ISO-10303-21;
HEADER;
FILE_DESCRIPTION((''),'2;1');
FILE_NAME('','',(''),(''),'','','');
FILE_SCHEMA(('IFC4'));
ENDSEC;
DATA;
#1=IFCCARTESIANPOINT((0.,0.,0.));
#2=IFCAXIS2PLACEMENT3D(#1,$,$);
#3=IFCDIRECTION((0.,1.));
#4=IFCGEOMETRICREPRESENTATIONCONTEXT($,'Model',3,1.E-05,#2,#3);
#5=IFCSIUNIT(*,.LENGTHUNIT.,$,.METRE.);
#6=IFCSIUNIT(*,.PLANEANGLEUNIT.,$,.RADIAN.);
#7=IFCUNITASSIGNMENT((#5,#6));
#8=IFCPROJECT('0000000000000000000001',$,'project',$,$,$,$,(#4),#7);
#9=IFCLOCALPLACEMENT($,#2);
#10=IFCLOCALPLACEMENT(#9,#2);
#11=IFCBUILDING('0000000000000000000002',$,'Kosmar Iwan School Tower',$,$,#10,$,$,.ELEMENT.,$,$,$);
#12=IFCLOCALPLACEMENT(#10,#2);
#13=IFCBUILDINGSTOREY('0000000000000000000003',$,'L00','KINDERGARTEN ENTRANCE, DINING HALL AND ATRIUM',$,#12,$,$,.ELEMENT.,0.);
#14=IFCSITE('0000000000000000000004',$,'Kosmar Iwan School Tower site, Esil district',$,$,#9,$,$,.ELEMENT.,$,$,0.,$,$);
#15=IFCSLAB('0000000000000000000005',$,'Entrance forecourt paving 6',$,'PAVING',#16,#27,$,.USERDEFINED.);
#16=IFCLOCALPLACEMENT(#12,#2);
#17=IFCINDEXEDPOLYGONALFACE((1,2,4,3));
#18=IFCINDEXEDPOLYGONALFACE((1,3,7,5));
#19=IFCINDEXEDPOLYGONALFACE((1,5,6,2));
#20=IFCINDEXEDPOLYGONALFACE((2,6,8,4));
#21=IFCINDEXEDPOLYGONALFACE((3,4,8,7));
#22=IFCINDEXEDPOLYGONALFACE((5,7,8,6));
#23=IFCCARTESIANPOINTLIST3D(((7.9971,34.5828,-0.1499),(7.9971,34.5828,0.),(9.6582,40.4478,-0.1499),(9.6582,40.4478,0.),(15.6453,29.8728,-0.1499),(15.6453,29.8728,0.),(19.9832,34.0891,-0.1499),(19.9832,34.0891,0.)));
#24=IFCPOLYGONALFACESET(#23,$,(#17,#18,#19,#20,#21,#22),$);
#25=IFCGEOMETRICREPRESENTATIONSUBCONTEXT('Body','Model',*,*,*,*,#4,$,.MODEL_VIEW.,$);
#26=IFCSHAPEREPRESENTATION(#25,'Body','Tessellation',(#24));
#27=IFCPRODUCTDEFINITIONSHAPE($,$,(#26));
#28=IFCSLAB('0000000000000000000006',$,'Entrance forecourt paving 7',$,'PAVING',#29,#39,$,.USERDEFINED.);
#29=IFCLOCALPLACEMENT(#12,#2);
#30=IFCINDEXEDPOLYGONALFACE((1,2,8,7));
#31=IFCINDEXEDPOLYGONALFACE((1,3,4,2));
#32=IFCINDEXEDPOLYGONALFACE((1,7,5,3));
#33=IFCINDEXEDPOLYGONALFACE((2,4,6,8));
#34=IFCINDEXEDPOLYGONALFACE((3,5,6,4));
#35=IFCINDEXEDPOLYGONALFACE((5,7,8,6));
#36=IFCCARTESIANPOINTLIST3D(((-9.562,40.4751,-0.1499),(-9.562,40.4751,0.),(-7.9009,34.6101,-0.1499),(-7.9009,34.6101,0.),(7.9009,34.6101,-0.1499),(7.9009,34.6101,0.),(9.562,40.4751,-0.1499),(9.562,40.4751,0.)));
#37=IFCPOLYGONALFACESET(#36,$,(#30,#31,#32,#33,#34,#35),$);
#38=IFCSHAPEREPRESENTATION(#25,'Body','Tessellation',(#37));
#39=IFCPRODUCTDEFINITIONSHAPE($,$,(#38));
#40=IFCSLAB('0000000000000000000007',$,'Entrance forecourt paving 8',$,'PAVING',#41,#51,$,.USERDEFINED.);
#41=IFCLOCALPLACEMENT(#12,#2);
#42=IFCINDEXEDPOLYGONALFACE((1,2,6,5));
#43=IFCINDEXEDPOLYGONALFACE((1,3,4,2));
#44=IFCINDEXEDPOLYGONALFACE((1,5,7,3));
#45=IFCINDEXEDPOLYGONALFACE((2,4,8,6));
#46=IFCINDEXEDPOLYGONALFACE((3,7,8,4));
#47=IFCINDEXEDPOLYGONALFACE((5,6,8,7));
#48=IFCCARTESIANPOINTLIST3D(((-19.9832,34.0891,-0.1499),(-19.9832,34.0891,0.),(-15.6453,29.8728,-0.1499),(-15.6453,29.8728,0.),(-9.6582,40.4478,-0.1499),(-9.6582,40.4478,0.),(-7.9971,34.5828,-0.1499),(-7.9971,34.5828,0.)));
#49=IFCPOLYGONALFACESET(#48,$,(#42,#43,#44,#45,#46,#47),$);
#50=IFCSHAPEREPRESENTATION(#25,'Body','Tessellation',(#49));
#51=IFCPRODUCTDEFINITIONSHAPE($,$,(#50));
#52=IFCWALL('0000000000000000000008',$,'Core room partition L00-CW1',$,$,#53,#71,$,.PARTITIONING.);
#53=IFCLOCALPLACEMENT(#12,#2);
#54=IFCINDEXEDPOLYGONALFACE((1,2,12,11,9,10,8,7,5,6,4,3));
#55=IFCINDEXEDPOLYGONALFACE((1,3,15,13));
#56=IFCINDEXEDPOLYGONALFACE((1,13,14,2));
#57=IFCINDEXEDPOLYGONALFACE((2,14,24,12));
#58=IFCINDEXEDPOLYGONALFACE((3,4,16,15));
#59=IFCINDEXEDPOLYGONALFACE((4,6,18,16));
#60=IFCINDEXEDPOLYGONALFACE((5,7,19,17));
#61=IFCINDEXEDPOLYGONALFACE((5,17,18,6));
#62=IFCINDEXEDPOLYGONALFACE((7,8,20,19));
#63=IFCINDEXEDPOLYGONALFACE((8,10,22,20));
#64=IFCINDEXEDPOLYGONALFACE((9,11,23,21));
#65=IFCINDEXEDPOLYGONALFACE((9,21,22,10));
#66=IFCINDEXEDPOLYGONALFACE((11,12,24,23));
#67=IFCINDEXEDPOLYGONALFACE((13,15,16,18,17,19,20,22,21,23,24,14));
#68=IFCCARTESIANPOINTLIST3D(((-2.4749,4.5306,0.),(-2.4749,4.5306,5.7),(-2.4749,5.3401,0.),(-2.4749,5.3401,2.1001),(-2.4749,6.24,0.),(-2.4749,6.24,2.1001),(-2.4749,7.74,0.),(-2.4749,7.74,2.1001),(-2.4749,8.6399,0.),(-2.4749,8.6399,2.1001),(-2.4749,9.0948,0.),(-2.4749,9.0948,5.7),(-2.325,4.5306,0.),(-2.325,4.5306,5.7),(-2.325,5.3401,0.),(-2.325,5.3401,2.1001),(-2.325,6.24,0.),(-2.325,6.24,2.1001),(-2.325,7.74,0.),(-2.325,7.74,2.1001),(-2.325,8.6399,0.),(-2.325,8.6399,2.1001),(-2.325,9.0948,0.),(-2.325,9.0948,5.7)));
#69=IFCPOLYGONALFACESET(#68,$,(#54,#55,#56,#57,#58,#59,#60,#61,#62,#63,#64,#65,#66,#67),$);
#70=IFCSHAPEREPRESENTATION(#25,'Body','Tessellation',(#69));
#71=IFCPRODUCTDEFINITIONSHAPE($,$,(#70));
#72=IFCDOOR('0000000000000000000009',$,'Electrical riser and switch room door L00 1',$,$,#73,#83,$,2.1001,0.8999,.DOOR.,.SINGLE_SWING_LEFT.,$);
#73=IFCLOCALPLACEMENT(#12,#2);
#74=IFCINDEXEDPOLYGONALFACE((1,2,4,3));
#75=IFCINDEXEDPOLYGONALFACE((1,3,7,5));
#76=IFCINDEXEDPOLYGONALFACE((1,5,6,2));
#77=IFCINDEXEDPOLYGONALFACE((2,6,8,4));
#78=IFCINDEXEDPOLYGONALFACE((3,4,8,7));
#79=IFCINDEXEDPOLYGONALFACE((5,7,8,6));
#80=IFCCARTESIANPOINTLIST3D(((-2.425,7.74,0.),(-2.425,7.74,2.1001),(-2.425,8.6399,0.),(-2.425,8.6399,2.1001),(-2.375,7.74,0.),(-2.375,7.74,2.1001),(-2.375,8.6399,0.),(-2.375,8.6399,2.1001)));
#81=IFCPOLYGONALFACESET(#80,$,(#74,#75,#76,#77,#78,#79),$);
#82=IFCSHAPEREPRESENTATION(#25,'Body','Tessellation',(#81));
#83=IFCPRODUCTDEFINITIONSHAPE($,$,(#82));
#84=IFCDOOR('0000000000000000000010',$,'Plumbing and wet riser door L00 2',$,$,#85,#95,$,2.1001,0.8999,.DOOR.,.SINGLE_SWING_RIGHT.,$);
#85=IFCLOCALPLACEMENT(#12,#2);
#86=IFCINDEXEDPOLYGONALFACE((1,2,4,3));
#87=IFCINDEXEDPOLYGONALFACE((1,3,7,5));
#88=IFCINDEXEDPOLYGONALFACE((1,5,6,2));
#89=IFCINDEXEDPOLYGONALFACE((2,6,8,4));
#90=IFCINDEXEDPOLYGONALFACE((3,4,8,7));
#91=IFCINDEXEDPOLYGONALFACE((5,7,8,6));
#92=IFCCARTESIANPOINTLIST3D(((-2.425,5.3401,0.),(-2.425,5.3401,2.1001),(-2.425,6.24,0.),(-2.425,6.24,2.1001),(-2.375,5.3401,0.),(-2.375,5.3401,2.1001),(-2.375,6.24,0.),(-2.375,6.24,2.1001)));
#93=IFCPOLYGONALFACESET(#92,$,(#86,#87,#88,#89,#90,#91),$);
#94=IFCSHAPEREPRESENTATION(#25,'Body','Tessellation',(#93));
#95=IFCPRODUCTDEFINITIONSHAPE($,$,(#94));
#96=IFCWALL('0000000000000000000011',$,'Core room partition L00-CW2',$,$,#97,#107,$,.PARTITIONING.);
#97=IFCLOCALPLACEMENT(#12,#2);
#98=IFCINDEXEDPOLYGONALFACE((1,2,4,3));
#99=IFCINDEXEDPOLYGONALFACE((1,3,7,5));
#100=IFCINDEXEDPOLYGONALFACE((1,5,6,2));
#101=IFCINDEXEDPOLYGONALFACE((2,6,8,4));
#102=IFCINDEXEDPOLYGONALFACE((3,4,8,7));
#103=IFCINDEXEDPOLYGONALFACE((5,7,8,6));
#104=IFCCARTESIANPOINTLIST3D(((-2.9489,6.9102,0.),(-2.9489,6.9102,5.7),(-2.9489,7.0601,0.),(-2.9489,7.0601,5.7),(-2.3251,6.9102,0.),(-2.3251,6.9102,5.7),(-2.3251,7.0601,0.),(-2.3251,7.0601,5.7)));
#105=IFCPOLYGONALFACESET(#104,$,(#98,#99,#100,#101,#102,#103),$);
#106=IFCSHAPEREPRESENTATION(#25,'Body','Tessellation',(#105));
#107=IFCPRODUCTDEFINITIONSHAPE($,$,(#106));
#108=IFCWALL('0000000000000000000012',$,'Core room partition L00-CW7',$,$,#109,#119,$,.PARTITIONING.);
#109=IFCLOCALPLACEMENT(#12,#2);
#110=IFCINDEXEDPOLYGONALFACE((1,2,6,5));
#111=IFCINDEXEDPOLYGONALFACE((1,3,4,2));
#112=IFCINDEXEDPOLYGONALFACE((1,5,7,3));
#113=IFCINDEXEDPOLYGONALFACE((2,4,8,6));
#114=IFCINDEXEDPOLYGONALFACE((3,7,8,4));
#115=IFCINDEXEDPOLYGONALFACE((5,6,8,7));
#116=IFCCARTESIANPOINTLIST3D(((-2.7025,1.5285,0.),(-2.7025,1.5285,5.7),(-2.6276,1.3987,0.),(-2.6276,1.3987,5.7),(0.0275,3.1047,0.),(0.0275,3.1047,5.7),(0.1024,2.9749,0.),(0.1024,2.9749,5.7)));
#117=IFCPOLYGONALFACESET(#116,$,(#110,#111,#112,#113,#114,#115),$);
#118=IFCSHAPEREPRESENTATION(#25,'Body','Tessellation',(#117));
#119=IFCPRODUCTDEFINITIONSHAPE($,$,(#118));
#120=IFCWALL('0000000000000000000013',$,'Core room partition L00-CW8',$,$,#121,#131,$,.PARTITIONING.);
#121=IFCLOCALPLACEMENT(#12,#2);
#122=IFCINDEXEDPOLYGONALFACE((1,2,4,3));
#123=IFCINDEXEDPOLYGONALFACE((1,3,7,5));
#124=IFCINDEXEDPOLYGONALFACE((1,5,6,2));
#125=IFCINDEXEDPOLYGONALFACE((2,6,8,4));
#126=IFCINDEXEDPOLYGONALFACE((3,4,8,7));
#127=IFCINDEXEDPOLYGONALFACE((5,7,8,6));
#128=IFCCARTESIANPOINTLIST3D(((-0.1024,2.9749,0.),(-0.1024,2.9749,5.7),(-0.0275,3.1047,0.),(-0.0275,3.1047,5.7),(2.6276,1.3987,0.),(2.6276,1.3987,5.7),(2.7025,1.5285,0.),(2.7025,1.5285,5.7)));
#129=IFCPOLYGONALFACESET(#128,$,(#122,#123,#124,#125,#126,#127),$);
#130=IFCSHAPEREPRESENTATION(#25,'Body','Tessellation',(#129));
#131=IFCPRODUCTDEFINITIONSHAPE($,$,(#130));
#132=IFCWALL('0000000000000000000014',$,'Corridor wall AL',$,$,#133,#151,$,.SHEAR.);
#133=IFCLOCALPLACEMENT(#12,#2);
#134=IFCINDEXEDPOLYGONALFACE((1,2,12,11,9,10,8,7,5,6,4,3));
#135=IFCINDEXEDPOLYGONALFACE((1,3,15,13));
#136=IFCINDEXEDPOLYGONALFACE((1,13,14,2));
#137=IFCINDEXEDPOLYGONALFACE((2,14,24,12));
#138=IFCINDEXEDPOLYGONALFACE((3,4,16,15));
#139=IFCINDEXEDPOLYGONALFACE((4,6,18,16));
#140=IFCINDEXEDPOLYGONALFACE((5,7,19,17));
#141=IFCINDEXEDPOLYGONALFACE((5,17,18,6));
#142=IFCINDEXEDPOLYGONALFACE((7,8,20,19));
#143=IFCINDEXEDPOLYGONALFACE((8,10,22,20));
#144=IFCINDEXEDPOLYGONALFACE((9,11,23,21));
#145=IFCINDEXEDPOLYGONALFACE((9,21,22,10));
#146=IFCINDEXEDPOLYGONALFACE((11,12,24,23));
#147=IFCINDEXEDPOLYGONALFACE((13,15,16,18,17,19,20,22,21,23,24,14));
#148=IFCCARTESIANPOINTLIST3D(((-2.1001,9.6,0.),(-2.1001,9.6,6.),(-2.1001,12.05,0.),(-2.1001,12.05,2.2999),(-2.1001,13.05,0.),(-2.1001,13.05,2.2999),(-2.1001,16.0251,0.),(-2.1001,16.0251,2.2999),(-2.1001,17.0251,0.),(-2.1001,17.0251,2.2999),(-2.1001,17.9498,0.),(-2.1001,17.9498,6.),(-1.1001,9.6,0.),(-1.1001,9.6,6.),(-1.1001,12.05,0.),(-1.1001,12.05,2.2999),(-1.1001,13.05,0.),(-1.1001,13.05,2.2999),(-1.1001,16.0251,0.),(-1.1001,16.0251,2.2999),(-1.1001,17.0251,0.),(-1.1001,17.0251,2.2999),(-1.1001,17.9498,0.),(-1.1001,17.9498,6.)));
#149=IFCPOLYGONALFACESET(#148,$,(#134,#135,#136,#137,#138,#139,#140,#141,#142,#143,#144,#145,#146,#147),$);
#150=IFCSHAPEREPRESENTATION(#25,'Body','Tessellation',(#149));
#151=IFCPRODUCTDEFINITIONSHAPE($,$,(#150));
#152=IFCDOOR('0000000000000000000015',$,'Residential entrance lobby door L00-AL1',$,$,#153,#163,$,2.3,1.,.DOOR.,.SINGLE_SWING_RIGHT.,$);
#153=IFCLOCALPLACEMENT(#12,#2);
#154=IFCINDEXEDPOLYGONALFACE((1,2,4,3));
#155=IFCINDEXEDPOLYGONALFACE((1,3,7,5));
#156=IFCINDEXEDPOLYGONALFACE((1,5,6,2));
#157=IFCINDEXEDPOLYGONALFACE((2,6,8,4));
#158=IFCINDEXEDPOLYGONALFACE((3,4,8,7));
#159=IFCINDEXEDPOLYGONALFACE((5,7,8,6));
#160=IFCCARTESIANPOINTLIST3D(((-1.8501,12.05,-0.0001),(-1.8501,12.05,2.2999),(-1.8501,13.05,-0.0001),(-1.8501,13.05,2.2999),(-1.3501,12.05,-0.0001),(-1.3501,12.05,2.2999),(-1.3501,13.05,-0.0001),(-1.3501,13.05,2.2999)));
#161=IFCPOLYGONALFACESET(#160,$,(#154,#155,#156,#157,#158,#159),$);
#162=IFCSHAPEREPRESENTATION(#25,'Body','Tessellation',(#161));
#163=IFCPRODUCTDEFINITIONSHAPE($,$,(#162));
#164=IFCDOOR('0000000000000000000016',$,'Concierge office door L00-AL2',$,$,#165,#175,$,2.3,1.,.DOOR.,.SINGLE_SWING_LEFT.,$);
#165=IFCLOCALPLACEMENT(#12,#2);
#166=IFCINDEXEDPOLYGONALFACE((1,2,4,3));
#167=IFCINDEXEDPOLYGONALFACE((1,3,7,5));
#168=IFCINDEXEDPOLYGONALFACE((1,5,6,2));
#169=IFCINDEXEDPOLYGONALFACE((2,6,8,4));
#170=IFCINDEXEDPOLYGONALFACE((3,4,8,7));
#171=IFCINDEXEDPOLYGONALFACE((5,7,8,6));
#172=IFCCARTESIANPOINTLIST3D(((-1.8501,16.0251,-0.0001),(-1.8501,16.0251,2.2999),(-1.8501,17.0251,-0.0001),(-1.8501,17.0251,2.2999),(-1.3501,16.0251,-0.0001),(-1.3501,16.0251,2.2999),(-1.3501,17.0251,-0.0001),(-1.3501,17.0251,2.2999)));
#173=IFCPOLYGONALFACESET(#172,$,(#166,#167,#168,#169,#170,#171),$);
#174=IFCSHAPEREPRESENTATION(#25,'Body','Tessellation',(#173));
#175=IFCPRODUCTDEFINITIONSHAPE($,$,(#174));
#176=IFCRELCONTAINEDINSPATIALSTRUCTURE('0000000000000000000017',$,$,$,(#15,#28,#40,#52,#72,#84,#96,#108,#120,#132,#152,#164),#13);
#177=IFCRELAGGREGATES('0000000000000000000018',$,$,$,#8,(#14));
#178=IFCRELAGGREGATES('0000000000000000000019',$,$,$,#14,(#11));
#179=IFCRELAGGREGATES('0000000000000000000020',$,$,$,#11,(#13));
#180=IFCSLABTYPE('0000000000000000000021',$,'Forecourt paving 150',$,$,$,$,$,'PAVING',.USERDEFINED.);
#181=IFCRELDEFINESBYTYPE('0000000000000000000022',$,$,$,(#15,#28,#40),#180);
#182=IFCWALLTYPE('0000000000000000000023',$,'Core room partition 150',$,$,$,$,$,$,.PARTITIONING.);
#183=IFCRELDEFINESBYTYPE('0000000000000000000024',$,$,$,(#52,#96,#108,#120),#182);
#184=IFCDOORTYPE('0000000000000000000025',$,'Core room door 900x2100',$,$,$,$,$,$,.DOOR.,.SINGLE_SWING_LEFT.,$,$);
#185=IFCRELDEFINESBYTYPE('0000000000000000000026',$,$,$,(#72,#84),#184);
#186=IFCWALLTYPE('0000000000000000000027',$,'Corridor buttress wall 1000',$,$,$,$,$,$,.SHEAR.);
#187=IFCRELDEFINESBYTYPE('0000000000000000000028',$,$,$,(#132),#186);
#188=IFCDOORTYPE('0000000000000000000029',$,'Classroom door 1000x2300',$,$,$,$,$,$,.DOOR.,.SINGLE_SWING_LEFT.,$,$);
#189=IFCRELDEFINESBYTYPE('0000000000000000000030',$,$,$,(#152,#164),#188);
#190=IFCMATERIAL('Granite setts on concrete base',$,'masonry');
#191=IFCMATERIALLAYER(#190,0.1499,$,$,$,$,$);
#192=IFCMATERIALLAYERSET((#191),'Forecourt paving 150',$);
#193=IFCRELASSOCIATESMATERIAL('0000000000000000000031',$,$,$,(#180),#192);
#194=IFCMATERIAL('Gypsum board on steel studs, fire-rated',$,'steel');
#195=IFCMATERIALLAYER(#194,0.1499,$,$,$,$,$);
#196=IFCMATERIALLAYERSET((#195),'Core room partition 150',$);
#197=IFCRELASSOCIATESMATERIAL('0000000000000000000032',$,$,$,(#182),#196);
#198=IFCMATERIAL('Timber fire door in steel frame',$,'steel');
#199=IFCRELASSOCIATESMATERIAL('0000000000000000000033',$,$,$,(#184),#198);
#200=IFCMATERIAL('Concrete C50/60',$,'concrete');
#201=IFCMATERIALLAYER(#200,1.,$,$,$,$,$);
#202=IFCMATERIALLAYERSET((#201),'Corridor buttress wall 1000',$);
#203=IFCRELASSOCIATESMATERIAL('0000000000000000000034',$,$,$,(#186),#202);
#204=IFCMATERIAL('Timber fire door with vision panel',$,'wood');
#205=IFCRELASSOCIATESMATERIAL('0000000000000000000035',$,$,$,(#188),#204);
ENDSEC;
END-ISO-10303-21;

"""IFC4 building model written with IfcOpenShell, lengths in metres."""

from ifc_helpers import new_model, si_unit, direction, frame, frame_2d, origin, place, context, subcontext, project, spatial, polyline, rectangle, outline, extrude, material, layer, layer_set, type_object, element, fill, save


model = new_model("IFC4")

# Units and contexts
model_context = context("Model", 3, precision=1e-05, world=origin(), true_north=direction((0.0, 1.0)))
body_context = subcontext(model_context, "Body", "Model", "MODEL_VIEW")
ifc_project = project(units=[si_unit("LENGTHUNIT", "METRE"), si_unit("PLANEANGLEUNIT", "RADIAN")], contexts=[model_context])

# Site, building, storey
site_placement = place(None, origin())
site = spatial("IfcSite", under=ifc_project, at=site_placement, Name="Kosmar Iwan School Tower site, Esil district", CompositionType="ELEMENT", RefElevation=0.0)
building_placement = place(site_placement, origin())
building = spatial("IfcBuilding", under=site, at=building_placement, Name="Kosmar Iwan School Tower", CompositionType="ELEMENT")
storey_placement = place(building_placement, origin())
storey = spatial("IfcBuildingStorey", under=building, at=storey_placement, Name="L00", Description="KINDERGARTEN ENTRANCE, DINING HALL AND ATRIUM", CompositionType="ELEMENT", Elevation=0.0)

# Slabs
ifc_material_1 = material(Name="Granite setts on concrete base", Category="masonry")
ifc_layer_1 = layer(ifc_material_1, 0.1499)
ifc_layer_set_1 = layer_set([ifc_layer_1], Name="Forecourt paving 150")
slab_type = type_object("IfcSlabType", Name="Forecourt paving 150", ElementType="PAVING", PredefinedType="USERDEFINED", material=ifc_layer_set_1)
slab_1_placement = place(storey_placement, frame((0.0, 0.0, -0.1499)))
element("IfcSlab", 1, at=slab_1_placement, inside=storey, type_object=slab_type, Name="Entrance forecourt paving 6", ObjectType="PAVING", PredefinedType="USERDEFINED", context=body_context, shape_type="SweptSolid", body=[
    extrude(outline(polyline([(15.6453, 29.8728), (7.9971, 34.5828), (9.6582, 40.4478), (19.9832, 34.0891), (15.6453, 29.8728)])), origin(), (0.0, 0.0, 1.0), 0.1499),
])
slab_2_placement = place(storey_placement, frame((0.0, 0.0, -0.1499)))
element("IfcSlab", 2, at=slab_2_placement, inside=storey, type_object=slab_type, Name="Entrance forecourt paving 7", ObjectType="PAVING", PredefinedType="USERDEFINED", context=body_context, shape_type="SweptSolid", body=[
    extrude(outline(polyline([(7.9009, 34.6101), (-7.9009, 34.6101), (-9.562, 40.4751), (9.562, 40.4751), (7.9009, 34.6101)])), origin(), (0.0, 0.0, 1.0), 0.1499),
])
slab_3_placement = place(storey_placement, frame((0.0, 0.0, -0.1499)))
element("IfcSlab", 3, at=slab_3_placement, inside=storey, type_object=slab_type, Name="Entrance forecourt paving 8", ObjectType="PAVING", PredefinedType="USERDEFINED", context=body_context, shape_type="SweptSolid", body=[
    extrude(outline(polyline([(-7.9971, 34.5828), (-15.6453, 29.8728), (-19.9832, 34.0891), (-9.6582, 40.4478), (-7.9971, 34.5828)])), origin(), (0.0, 0.0, 1.0), 0.1499),
])

# Wall, openings, doors
ifc_material_2 = material(Name="Gypsum board on steel studs, fire-rated", Category="steel")
ifc_layer_2 = layer(ifc_material_2, 0.1499)
ifc_layer_set_2 = layer_set([ifc_layer_2], Name="Core room partition 150")
wall_type_1 = type_object("IfcWallType", Name="Core room partition 150", PredefinedType="PARTITIONING", material=ifc_layer_set_2)
wall_1_placement = place(storey_placement, frame((-2.3999, 9.095, 0.0), z_axis=(0.0, 0.0, 1.0), x_axis=(0.0, -1.0, 0.0)))
wall_1 = element("IfcWall", 4, at=wall_1_placement, inside=storey, type_object=wall_type_1, Name="Core room partition L00-CW1", PredefinedType="PARTITIONING", context=body_context, shape_type="SweptSolid", body=[
    extrude(rectangle(XDim=4.5642, YDim=0.1499, at=frame_2d((2.2822, 0.0))), origin(), (0.0, 0.0, 1.0), 5.7),
])
opening_1_placement = place(wall_1_placement, frame((0.4551, 0.0, 0.0)))
opening_1 = element("IfcOpeningElement", 5, at=opening_1_placement, cuts=wall_1, PredefinedType="OPENING", context=body_context, shape_type="SweptSolid", body=[
    extrude(rectangle(XDim=0.8999, YDim=2.1001, at=frame_2d((0.45, 1.05))), frame((0.0, 0.0869, 0.0), z_axis=(0.0, -1.0, 0.0), x_axis=(1.0, 0.0, 0.0)), (0.0, 0.0, 1.0), 0.1738),
])
opening_2_placement = place(wall_1_placement, frame((2.855, 0.0, 0.0)))
opening_2 = element("IfcOpeningElement", 6, at=opening_2_placement, cuts=wall_1, PredefinedType="OPENING", context=body_context, shape_type="SweptSolid", body=[
    extrude(rectangle(XDim=0.8999, YDim=2.1001, at=frame_2d((0.45, 1.05))), frame((0.0, 0.0869, 0.0), z_axis=(0.0, -1.0, 0.0), x_axis=(1.0, 0.0, 0.0)), (0.0, 0.0, 1.0), 0.1738),
])
ifc_material_3 = material(Name="Timber fire door in steel frame", Category="steel")
door_type_1 = type_object("IfcDoorType", Name="Core room door 900x2100", OperationType="SINGLE_SWING_LEFT", PredefinedType="DOOR", material=ifc_material_3)
door_1_placement = place(opening_1_placement, origin())
door_1 = element("IfcDoor", 7, at=door_1_placement, inside=storey, type_object=door_type_1, Name="Electrical riser and switch room door L00 1", OperationType="SINGLE_SWING_LEFT", OverallHeight=2.1001, OverallWidth=0.8999, PredefinedType="DOOR", context=body_context, shape_type="SweptSolid", body=[
    extrude(rectangle(XDim=0.8999, YDim=2.1001, at=frame_2d((0.45, 1.05))), frame((0.0, 0.0249, 0.0), z_axis=(0.0, -1.0, 0.0), x_axis=(1.0, 0.0, 0.0)), (0.0, 0.0, 1.0), 0.05),
])
fill(opening_1, door_1)
door_2_placement = place(opening_2_placement, origin())
door_2 = element("IfcDoor", 8, at=door_2_placement, inside=storey, type_object=door_type_1, Name="Plumbing and wet riser door L00 2", OperationType="SINGLE_SWING_RIGHT", OverallHeight=2.1001, OverallWidth=0.8999, PredefinedType="DOOR", context=body_context, shape_type="SweptSolid", body=[
    extrude(rectangle(XDim=0.8999, YDim=2.1001, at=frame_2d((0.45, 1.05))), frame((0.0, 0.0249, 0.0), z_axis=(0.0, -1.0, 0.0), x_axis=(1.0, 0.0, 0.0)), (0.0, 0.0, 1.0), 0.05),
])
fill(opening_2, door_2)

# Walls
wall_2_placement = place(storey_placement, frame((-2.325, 6.9851, 0.0), z_axis=(0.0, 0.0, 1.0), x_axis=(-1.0, 0.0, 0.0)))
element("IfcWall", 9, at=wall_2_placement, inside=storey, type_object=wall_type_1, Name="Core room partition L00-CW2", PredefinedType="PARTITIONING", context=body_context, shape_type="SweptSolid", body=[
    extrude(rectangle(XDim=0.6238, YDim=0.1499, at=frame_2d((0.312, 0.0))), origin(), (0.0, 0.0, 1.0), 5.7),
])
for number, where, z_axis, x_axis, name in (
    (10, (-2.665, 1.4636, 0.0), (0.0, 0.0, 1.0), (0.866023, 0.500004, 0.0), "Core room partition L00-CW7"),
    (11, (-0.0649, 3.0398, 0.0), (0.0, 0.0, 1.0), (0.866023, -0.500004, 0.0), "Core room partition L00-CW8"),
):
    element("IfcWall", number, at=place(storey_placement, frame(where, z_axis=z_axis, x_axis=x_axis)), inside=storey, type_object=wall_type_1, Name=name, PredefinedType="PARTITIONING", context=body_context, shape_type="SweptSolid", body=[
        extrude(rectangle(XDim=3.1523, YDim=0.1499, at=frame_2d((1.5762, 0.0))), origin(), (0.0, 0.0, 1.0), 5.7),
    ])

# Wall, openings, doors
ifc_material_4 = material(Name="Concrete C50/60", Category="concrete")
ifc_layer_3 = layer(ifc_material_4, 1.0)
ifc_layer_set_3 = layer_set([ifc_layer_3], Name="Corridor buttress wall 1000")
wall_type_2 = type_object("IfcWallType", Name="Corridor buttress wall 1000", PredefinedType="SHEAR", material=ifc_layer_set_3)
wall_3_placement = place(storey_placement, frame((-1.6001, 9.6001, 0.0), z_axis=(0.0, 0.0, 1.0), x_axis=(0.0, 1.0, 0.0)))
wall_3 = element("IfcWall", 12, at=wall_3_placement, inside=storey, type_object=wall_type_2, Name="Corridor wall AL", PredefinedType="SHEAR", context=body_context, shape_type="SweptSolid", body=[
    extrude(rectangle(XDim=8.3499, YDim=1.0, at=frame_2d((4.1748, 0.0))), origin(), (0.0, 0.0, 1.0), 6.0),
])
opening_3_placement = place(wall_3_placement, frame((2.45, 0.0, 0.0)))
opening_3 = element("IfcOpeningElement", 13, at=opening_3_placement, cuts=wall_3, PredefinedType="OPENING", context=body_context, shape_type="SweptSolid", body=[
    extrude(rectangle(XDim=1.0, YDim=2.3, at=frame_2d((0.5, 1.1499))), frame((0.0, 0.512, 0.0), z_axis=(0.0, -1.0, 0.0), x_axis=(1.0, 0.0, 0.0)), (0.0, 0.0, 1.0), 1.0239),
])
opening_4_placement = place(wall_3_placement, frame((6.425, 0.0, 0.0)))
opening_4 = element("IfcOpeningElement", 14, at=opening_4_placement, cuts=wall_3, PredefinedType="OPENING", context=body_context, shape_type="SweptSolid", body=[
    extrude(rectangle(XDim=1.0, YDim=2.3, at=frame_2d((0.5, 1.1499))), frame((0.0, 0.512, 0.0), z_axis=(0.0, -1.0, 0.0), x_axis=(1.0, 0.0, 0.0)), (0.0, 0.0, 1.0), 1.0239),
])
ifc_material_5 = material(Name="Timber fire door with vision panel", Category="wood")
door_type_2 = type_object("IfcDoorType", Name="Classroom door 1000x2300", OperationType="SINGLE_SWING_LEFT", PredefinedType="DOOR", material=ifc_material_5)
door_3_placement = place(opening_3_placement, origin())
door_3 = element("IfcDoor", 15, at=door_3_placement, inside=storey, type_object=door_type_2, Name="Residential entrance lobby door L00-AL1", OperationType="SINGLE_SWING_RIGHT", OverallHeight=2.3, OverallWidth=1.0, PredefinedType="DOOR", context=body_context, shape_type="SweptSolid", body=[
    extrude(rectangle(XDim=1.0, YDim=2.3, at=frame_2d((0.5, 1.1499))), frame((0.0, 0.25, 0.0), z_axis=(0.0, -1.0, 0.0), x_axis=(1.0, 0.0, 0.0)), (0.0, 0.0, 1.0), 0.5),
])
fill(opening_3, door_3)
door_4_placement = place(opening_4_placement, origin())
door_4 = element("IfcDoor", 16, at=door_4_placement, inside=storey, type_object=door_type_2, Name="Concierge office door L00-AL2", OperationType="SINGLE_SWING_LEFT", OverallHeight=2.3, OverallWidth=1.0, PredefinedType="DOOR", context=body_context, shape_type="SweptSolid", body=[
    extrude(rectangle(XDim=1.0, YDim=2.3, at=frame_2d((0.5, 1.1499))), frame((0.0, 0.25, 0.0), z_axis=(0.0, -1.0, 0.0), x_axis=(1.0, 0.0, 0.0)), (0.0, 0.0, 1.0), 0.5),
])
fill(opening_4, door_4)

save(model, "model.ifc")
